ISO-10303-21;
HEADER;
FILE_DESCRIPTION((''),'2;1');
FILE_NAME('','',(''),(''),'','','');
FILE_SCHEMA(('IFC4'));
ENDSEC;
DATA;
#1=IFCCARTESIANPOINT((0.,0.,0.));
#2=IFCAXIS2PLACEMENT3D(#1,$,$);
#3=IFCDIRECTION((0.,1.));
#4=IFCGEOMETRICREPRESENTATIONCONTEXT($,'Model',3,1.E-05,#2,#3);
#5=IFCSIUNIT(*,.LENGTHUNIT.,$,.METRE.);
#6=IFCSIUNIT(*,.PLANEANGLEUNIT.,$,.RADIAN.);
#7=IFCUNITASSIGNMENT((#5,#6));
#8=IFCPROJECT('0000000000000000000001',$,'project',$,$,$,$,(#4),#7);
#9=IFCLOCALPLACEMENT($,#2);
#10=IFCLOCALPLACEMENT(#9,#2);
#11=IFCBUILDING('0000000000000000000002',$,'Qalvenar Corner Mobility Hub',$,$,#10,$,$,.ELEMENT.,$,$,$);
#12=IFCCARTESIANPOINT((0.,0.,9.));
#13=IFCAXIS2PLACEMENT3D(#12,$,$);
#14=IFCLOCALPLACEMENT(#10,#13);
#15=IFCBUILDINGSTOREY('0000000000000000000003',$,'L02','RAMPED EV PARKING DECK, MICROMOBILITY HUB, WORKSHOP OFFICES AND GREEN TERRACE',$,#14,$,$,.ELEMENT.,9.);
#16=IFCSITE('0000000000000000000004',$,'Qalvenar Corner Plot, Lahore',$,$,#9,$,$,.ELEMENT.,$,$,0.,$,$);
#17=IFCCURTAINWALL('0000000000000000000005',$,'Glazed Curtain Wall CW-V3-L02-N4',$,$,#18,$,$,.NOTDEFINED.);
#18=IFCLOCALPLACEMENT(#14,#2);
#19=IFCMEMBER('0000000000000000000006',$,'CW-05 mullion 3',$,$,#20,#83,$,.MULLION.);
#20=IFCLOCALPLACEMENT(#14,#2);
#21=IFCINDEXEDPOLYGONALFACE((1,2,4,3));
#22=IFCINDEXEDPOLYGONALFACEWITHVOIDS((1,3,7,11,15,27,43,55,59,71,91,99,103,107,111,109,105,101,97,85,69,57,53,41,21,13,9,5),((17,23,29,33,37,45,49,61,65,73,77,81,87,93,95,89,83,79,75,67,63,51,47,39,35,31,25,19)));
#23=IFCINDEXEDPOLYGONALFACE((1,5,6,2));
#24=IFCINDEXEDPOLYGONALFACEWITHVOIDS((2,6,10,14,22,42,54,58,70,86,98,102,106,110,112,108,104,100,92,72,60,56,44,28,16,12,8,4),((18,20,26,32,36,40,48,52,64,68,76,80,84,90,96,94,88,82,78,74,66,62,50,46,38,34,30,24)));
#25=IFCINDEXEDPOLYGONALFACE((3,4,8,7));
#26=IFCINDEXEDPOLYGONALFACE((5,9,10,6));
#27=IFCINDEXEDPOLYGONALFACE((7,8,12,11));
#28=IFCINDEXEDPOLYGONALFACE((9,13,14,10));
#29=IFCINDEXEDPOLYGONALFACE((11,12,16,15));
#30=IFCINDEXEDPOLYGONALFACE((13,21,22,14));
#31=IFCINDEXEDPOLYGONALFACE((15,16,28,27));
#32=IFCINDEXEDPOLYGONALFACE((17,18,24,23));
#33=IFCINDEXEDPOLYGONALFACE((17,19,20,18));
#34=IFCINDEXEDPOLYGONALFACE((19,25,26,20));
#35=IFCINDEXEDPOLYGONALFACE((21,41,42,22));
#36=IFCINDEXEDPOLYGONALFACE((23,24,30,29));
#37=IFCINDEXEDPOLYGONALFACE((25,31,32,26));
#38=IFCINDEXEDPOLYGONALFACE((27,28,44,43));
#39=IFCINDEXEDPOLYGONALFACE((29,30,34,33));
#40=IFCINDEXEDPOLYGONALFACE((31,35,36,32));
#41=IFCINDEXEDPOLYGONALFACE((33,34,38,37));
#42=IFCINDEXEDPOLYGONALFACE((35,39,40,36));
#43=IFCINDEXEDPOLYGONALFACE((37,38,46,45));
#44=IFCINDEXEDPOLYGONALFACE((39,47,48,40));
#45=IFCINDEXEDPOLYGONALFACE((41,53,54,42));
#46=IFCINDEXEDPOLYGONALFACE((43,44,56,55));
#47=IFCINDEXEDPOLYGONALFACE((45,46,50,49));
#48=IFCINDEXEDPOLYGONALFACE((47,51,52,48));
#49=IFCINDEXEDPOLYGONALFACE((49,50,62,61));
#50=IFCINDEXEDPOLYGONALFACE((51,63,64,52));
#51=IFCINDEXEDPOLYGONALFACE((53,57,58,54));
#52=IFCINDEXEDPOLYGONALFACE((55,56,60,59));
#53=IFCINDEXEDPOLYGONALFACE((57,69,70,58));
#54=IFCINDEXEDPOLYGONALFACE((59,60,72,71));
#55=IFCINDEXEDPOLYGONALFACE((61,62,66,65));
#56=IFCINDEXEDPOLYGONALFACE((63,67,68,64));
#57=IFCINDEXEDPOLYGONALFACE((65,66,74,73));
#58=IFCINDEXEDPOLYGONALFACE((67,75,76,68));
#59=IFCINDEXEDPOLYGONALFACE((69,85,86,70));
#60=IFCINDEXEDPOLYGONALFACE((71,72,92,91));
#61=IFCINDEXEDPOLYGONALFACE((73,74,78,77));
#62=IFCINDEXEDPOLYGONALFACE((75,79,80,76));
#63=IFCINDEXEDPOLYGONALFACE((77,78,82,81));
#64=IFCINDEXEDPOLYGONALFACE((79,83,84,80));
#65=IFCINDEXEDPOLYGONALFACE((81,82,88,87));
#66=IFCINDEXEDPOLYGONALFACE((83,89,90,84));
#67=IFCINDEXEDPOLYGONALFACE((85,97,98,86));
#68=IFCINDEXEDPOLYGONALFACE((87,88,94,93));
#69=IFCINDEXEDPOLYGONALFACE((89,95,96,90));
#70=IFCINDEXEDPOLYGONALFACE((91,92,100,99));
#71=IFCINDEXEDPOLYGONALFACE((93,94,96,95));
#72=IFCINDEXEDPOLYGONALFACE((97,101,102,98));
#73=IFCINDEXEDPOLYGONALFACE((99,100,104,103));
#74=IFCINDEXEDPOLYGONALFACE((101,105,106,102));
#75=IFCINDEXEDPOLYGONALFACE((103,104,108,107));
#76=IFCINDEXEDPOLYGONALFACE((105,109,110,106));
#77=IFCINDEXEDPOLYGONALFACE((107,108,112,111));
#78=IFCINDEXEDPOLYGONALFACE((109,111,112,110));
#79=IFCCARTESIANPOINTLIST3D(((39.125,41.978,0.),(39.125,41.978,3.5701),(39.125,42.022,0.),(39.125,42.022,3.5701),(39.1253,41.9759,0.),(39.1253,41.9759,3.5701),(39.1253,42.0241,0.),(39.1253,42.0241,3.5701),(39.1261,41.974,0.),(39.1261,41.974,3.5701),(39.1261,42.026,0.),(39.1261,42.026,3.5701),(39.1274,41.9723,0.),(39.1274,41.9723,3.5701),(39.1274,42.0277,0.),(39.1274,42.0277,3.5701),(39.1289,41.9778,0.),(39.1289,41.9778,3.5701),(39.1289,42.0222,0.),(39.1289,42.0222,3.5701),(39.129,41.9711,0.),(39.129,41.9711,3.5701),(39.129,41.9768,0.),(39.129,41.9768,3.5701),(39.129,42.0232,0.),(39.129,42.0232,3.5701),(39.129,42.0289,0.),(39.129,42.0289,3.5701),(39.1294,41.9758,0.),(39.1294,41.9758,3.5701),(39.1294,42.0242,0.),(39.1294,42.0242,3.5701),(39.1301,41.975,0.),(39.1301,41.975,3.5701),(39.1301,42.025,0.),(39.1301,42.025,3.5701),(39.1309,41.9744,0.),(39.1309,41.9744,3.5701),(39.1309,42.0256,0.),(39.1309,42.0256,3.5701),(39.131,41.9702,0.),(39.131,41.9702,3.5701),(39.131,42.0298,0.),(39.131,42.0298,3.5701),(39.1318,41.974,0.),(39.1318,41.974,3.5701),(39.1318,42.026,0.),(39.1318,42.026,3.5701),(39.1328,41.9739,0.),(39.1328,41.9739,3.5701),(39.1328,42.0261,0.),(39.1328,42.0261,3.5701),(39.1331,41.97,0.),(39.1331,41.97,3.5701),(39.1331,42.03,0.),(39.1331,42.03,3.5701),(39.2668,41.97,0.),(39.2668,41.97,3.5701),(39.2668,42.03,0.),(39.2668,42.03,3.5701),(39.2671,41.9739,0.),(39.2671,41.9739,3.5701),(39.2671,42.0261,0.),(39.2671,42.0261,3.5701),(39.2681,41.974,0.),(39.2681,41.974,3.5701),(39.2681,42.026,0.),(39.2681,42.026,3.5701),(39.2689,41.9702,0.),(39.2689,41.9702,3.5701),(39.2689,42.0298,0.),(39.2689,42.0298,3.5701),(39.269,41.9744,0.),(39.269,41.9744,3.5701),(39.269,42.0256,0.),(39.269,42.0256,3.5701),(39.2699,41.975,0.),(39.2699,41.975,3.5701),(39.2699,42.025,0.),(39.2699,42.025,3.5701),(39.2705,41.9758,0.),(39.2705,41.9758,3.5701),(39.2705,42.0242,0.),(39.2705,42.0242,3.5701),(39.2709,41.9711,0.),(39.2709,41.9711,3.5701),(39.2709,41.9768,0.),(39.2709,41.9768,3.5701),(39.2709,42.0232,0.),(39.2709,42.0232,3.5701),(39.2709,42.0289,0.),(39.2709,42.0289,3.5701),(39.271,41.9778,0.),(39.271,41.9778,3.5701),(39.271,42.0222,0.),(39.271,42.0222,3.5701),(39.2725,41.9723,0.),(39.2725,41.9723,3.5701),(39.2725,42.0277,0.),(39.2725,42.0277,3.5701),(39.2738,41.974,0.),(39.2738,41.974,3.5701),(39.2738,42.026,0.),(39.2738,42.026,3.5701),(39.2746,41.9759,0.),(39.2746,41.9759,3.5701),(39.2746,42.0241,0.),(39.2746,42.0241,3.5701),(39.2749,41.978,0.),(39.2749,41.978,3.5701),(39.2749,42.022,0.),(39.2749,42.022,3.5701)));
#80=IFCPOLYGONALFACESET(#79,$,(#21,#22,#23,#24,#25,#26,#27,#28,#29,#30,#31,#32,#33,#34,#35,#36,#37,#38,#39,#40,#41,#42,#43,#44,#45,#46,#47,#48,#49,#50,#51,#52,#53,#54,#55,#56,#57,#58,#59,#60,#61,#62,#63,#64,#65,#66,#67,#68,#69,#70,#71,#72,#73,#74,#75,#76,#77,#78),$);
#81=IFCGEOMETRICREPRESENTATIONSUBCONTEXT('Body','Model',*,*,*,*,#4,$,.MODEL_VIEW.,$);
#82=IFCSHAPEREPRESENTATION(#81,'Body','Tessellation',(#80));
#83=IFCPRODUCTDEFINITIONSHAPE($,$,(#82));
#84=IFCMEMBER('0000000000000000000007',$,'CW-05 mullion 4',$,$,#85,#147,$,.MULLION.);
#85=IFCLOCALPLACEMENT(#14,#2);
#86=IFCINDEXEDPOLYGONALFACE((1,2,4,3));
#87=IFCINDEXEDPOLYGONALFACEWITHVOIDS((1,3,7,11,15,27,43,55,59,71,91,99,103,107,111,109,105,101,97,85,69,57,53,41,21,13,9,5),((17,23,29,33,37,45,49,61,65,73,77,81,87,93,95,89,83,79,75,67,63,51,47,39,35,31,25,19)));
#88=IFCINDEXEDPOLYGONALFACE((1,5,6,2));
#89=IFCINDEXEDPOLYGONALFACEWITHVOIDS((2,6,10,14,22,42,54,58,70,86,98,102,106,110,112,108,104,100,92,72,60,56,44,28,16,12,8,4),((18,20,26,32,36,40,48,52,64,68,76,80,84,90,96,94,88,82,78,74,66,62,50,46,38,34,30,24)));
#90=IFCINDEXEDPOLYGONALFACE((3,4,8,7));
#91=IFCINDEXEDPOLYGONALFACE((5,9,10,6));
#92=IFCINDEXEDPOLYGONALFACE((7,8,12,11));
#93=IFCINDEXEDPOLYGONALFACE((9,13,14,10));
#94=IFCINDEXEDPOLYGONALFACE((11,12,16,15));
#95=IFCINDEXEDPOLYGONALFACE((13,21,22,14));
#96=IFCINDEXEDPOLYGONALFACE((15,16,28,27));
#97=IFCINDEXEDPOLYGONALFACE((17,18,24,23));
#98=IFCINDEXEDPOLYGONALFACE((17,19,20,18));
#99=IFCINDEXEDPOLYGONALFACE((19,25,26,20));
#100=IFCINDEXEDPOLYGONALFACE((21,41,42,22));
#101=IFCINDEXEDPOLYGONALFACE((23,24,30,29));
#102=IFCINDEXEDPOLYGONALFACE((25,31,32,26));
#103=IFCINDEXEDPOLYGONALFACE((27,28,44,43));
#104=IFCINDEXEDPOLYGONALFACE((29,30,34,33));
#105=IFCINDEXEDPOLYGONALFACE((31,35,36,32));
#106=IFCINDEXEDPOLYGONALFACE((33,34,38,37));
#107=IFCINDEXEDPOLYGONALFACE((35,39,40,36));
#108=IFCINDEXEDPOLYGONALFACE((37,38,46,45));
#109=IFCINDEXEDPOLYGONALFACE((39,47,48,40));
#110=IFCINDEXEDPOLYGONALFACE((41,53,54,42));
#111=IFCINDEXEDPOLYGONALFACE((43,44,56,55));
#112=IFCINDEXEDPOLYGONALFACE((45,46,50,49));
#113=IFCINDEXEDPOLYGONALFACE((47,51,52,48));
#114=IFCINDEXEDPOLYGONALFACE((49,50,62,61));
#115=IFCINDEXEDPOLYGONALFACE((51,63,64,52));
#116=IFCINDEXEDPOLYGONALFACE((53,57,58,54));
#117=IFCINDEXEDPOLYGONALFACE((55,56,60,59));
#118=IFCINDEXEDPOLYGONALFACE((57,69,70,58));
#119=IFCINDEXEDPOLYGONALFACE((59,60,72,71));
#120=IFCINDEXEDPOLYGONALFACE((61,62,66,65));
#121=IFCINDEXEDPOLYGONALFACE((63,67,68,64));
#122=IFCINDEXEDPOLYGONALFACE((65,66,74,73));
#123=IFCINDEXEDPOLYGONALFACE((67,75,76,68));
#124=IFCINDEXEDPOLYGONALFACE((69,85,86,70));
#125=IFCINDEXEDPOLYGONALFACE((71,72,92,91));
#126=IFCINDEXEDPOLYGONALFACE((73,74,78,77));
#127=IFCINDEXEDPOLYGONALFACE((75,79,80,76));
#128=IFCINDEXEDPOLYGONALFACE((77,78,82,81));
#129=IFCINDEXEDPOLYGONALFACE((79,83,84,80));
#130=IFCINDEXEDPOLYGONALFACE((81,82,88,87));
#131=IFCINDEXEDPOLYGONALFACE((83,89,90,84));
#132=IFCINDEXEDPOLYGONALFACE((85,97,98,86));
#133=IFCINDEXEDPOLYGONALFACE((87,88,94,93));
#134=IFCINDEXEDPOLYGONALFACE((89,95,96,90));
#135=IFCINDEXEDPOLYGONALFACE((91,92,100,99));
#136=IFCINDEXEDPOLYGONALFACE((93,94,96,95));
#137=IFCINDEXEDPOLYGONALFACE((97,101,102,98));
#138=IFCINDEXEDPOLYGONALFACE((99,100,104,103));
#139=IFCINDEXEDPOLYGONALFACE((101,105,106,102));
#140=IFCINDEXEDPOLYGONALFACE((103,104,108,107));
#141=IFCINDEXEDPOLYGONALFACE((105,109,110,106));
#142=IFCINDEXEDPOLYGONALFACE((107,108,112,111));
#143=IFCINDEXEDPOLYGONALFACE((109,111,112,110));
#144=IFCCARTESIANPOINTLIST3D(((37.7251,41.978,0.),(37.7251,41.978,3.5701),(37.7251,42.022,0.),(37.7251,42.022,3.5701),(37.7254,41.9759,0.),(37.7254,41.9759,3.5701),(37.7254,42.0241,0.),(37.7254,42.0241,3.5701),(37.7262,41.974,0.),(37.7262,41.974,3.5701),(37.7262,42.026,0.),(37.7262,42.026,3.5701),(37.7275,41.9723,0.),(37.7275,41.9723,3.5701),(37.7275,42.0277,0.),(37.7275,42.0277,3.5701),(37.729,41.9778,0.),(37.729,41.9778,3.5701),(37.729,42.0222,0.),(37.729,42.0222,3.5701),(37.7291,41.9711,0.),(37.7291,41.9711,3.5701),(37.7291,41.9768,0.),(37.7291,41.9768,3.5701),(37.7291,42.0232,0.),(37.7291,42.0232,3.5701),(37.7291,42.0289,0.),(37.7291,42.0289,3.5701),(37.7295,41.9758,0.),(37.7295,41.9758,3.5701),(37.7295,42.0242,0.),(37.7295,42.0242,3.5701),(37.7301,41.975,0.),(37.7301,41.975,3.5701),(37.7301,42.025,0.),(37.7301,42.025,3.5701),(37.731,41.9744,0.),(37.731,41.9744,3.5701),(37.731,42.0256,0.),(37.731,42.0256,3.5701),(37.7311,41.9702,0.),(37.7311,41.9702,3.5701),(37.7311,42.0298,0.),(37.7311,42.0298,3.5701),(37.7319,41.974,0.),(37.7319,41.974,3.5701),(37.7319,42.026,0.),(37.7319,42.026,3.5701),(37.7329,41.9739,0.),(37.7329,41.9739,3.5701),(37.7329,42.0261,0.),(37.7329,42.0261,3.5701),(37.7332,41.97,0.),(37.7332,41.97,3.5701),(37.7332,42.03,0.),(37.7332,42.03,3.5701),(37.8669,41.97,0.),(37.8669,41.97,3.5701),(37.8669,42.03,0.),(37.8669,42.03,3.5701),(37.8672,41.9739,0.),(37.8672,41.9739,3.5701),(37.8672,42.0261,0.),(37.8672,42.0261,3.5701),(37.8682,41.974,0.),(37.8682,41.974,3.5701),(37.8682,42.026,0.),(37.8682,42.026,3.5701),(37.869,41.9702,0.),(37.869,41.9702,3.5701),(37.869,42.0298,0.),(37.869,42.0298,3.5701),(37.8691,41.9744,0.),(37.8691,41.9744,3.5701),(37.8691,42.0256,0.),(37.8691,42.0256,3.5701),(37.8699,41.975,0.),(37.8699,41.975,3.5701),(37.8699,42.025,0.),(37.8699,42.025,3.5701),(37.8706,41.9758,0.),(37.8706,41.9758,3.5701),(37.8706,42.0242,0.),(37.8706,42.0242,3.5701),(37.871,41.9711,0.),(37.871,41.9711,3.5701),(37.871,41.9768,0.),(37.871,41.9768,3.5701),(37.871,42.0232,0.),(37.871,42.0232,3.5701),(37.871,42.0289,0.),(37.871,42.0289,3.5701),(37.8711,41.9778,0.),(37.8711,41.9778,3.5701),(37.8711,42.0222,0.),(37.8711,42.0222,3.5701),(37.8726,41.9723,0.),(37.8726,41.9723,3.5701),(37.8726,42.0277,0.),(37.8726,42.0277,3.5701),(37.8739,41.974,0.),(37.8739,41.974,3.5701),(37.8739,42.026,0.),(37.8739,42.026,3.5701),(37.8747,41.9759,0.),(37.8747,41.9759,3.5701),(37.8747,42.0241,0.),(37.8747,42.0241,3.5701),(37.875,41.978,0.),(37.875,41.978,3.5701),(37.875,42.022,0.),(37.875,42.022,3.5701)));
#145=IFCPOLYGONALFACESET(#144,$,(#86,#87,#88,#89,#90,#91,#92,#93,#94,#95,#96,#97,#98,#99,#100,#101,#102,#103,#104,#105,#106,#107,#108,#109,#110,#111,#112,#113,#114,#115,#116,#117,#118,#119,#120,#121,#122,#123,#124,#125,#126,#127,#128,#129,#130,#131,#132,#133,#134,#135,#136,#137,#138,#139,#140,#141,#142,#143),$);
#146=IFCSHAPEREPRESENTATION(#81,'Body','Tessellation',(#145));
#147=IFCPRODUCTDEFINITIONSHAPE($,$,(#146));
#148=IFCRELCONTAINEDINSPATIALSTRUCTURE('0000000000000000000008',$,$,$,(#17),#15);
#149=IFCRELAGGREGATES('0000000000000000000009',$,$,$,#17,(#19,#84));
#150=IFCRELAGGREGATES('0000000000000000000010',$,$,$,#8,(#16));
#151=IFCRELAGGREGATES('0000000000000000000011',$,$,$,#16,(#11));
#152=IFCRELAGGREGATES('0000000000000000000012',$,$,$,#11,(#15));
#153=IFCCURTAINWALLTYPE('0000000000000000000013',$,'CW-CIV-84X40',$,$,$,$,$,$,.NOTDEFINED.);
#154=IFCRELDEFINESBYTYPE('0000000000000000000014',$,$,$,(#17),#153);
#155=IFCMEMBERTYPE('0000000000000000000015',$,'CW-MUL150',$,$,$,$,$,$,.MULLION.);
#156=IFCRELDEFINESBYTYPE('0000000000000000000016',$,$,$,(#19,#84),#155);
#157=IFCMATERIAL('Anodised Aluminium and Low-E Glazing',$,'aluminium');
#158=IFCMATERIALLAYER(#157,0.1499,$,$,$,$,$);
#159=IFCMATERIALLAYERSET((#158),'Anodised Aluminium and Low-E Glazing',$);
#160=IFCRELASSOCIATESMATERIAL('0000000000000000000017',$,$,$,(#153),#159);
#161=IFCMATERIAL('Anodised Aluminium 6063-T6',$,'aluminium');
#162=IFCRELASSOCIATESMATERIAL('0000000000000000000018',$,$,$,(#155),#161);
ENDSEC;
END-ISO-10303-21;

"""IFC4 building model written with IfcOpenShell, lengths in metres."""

from ifc_helpers import new_model, si_unit, direction, frame, origin, origin_2d, place, context, subcontext, project, spatial, hollow_rectangle, extrude, material, layer, layer_set, material_profile, profile_set, type_object, element, aggregate, save


model = new_model("IFC4")

# Units and contexts
model_context = context("Model", 3, precision=1e-05, world=origin(), true_north=direction((0.0, 1.0)))
body_context = subcontext(model_context, "Body", "Model", "MODEL_VIEW")
ifc_project = project(units=[si_unit("LENGTHUNIT", "METRE"), si_unit("PLANEANGLEUNIT", "RADIAN")], contexts=[model_context])

# Site, building, storey
site_placement = place(None, origin())
site = spatial("IfcSite", under=ifc_project, at=site_placement, Name="Qalvenar Corner Plot, Lahore", CompositionType="ELEMENT", RefElevation=0.0)
building_placement = place(site_placement, origin())
building = spatial("IfcBuilding", under=site, at=building_placement, Name="Qalvenar Corner Mobility Hub", CompositionType="ELEMENT")
storey_placement = place(building_placement, frame((0.0, 0.0, 9.0)))
storey = spatial("IfcBuildingStorey", under=building, at=storey_placement, Name="L02", Description="RAMPED EV PARKING DECK, MICROMOBILITY HUB, WORKSHOP OFFICES AND GREEN TERRACE", CompositionType="ELEMENT", Elevation=9.0)

# Curtain wall, members
ifc_material_1 = material(Name="Anodised Aluminium and Low-E Glazing", Category="aluminium")
ifc_layer_1 = layer(ifc_material_1, 0.1499)
ifc_layer_set_1 = layer_set([ifc_layer_1], Name="Anodised Aluminium and Low-E Glazing")
curtain_wall_type = type_object("IfcCurtainWallType", Name="CW-CIV-84X40", PredefinedType="NOTDEFINED", material=ifc_layer_set_1)
curtain_wall_placement = place(storey_placement, origin())
curtain_wall = element("IfcCurtainWall", 1, at=curtain_wall_placement, inside=storey, type_object=curtain_wall_type, Name="Glazed Curtain Wall CW-V3-L02-N4", PredefinedType="NOTDEFINED")
ifc_material_2 = material(Name="Anodised Aluminium 6063-T6", Category="aluminium")
ifc_material_profile_1 = material_profile(ifc_material_2, hollow_rectangle(XDim=0.0601, YDim=0.1499, WallThickness=0.0039, InnerFilletRadius=0.0039, OuterFilletRadius=0.0081, at=origin_2d()), Name="RHS150x60x4")
ifc_profile_set_1 = profile_set([ifc_material_profile_1], Name="Anodised Aluminium 6063-T6")
member_type_1 = type_object("IfcMemberType", Name="CW-MUL150", PredefinedType="MULLION", material=ifc_profile_set_1)
member_1_placement = place(storey_placement, frame((39.2, 42.0, 0.0), z_axis=(0.0, 0.0, 1.0), x_axis=(0.0, -1.0, 0.0)))
member_1 = element("IfcMember", 2, at=member_1_placement, type_object=member_type_1, Name="CW-05 mullion 3", PredefinedType="MULLION", context=body_context, shape_type="SweptSolid", body=[
    extrude(hollow_rectangle(XDim=0.0601, YDim=0.1499, WallThickness=0.0039, InnerFilletRadius=0.0039, OuterFilletRadius=0.0081, at=origin_2d()), origin(), (0.0, 0.0, 1.0), 3.5701),
])
member_2_placement = place(storey_placement, frame((37.8, 42.0, 0.0), z_axis=(0.0, 0.0, 1.0), x_axis=(0.0, -1.0, 0.0)))
member_2 = element("IfcMember", 3, at=member_2_placement, type_object=member_type_1, Name="CW-05 mullion 4", PredefinedType="MULLION", context=body_context, shape_type="SweptSolid", body=[
    extrude(hollow_rectangle(XDim=0.0601, YDim=0.1499, WallThickness=0.0039, InnerFilletRadius=0.0039, OuterFilletRadius=0.0081, at=origin_2d()), origin(), (0.0, 0.0, 1.0), 3.5701),
])
aggregate(curtain_wall, [member_1, member_2])

save(model, "model.ifc")
